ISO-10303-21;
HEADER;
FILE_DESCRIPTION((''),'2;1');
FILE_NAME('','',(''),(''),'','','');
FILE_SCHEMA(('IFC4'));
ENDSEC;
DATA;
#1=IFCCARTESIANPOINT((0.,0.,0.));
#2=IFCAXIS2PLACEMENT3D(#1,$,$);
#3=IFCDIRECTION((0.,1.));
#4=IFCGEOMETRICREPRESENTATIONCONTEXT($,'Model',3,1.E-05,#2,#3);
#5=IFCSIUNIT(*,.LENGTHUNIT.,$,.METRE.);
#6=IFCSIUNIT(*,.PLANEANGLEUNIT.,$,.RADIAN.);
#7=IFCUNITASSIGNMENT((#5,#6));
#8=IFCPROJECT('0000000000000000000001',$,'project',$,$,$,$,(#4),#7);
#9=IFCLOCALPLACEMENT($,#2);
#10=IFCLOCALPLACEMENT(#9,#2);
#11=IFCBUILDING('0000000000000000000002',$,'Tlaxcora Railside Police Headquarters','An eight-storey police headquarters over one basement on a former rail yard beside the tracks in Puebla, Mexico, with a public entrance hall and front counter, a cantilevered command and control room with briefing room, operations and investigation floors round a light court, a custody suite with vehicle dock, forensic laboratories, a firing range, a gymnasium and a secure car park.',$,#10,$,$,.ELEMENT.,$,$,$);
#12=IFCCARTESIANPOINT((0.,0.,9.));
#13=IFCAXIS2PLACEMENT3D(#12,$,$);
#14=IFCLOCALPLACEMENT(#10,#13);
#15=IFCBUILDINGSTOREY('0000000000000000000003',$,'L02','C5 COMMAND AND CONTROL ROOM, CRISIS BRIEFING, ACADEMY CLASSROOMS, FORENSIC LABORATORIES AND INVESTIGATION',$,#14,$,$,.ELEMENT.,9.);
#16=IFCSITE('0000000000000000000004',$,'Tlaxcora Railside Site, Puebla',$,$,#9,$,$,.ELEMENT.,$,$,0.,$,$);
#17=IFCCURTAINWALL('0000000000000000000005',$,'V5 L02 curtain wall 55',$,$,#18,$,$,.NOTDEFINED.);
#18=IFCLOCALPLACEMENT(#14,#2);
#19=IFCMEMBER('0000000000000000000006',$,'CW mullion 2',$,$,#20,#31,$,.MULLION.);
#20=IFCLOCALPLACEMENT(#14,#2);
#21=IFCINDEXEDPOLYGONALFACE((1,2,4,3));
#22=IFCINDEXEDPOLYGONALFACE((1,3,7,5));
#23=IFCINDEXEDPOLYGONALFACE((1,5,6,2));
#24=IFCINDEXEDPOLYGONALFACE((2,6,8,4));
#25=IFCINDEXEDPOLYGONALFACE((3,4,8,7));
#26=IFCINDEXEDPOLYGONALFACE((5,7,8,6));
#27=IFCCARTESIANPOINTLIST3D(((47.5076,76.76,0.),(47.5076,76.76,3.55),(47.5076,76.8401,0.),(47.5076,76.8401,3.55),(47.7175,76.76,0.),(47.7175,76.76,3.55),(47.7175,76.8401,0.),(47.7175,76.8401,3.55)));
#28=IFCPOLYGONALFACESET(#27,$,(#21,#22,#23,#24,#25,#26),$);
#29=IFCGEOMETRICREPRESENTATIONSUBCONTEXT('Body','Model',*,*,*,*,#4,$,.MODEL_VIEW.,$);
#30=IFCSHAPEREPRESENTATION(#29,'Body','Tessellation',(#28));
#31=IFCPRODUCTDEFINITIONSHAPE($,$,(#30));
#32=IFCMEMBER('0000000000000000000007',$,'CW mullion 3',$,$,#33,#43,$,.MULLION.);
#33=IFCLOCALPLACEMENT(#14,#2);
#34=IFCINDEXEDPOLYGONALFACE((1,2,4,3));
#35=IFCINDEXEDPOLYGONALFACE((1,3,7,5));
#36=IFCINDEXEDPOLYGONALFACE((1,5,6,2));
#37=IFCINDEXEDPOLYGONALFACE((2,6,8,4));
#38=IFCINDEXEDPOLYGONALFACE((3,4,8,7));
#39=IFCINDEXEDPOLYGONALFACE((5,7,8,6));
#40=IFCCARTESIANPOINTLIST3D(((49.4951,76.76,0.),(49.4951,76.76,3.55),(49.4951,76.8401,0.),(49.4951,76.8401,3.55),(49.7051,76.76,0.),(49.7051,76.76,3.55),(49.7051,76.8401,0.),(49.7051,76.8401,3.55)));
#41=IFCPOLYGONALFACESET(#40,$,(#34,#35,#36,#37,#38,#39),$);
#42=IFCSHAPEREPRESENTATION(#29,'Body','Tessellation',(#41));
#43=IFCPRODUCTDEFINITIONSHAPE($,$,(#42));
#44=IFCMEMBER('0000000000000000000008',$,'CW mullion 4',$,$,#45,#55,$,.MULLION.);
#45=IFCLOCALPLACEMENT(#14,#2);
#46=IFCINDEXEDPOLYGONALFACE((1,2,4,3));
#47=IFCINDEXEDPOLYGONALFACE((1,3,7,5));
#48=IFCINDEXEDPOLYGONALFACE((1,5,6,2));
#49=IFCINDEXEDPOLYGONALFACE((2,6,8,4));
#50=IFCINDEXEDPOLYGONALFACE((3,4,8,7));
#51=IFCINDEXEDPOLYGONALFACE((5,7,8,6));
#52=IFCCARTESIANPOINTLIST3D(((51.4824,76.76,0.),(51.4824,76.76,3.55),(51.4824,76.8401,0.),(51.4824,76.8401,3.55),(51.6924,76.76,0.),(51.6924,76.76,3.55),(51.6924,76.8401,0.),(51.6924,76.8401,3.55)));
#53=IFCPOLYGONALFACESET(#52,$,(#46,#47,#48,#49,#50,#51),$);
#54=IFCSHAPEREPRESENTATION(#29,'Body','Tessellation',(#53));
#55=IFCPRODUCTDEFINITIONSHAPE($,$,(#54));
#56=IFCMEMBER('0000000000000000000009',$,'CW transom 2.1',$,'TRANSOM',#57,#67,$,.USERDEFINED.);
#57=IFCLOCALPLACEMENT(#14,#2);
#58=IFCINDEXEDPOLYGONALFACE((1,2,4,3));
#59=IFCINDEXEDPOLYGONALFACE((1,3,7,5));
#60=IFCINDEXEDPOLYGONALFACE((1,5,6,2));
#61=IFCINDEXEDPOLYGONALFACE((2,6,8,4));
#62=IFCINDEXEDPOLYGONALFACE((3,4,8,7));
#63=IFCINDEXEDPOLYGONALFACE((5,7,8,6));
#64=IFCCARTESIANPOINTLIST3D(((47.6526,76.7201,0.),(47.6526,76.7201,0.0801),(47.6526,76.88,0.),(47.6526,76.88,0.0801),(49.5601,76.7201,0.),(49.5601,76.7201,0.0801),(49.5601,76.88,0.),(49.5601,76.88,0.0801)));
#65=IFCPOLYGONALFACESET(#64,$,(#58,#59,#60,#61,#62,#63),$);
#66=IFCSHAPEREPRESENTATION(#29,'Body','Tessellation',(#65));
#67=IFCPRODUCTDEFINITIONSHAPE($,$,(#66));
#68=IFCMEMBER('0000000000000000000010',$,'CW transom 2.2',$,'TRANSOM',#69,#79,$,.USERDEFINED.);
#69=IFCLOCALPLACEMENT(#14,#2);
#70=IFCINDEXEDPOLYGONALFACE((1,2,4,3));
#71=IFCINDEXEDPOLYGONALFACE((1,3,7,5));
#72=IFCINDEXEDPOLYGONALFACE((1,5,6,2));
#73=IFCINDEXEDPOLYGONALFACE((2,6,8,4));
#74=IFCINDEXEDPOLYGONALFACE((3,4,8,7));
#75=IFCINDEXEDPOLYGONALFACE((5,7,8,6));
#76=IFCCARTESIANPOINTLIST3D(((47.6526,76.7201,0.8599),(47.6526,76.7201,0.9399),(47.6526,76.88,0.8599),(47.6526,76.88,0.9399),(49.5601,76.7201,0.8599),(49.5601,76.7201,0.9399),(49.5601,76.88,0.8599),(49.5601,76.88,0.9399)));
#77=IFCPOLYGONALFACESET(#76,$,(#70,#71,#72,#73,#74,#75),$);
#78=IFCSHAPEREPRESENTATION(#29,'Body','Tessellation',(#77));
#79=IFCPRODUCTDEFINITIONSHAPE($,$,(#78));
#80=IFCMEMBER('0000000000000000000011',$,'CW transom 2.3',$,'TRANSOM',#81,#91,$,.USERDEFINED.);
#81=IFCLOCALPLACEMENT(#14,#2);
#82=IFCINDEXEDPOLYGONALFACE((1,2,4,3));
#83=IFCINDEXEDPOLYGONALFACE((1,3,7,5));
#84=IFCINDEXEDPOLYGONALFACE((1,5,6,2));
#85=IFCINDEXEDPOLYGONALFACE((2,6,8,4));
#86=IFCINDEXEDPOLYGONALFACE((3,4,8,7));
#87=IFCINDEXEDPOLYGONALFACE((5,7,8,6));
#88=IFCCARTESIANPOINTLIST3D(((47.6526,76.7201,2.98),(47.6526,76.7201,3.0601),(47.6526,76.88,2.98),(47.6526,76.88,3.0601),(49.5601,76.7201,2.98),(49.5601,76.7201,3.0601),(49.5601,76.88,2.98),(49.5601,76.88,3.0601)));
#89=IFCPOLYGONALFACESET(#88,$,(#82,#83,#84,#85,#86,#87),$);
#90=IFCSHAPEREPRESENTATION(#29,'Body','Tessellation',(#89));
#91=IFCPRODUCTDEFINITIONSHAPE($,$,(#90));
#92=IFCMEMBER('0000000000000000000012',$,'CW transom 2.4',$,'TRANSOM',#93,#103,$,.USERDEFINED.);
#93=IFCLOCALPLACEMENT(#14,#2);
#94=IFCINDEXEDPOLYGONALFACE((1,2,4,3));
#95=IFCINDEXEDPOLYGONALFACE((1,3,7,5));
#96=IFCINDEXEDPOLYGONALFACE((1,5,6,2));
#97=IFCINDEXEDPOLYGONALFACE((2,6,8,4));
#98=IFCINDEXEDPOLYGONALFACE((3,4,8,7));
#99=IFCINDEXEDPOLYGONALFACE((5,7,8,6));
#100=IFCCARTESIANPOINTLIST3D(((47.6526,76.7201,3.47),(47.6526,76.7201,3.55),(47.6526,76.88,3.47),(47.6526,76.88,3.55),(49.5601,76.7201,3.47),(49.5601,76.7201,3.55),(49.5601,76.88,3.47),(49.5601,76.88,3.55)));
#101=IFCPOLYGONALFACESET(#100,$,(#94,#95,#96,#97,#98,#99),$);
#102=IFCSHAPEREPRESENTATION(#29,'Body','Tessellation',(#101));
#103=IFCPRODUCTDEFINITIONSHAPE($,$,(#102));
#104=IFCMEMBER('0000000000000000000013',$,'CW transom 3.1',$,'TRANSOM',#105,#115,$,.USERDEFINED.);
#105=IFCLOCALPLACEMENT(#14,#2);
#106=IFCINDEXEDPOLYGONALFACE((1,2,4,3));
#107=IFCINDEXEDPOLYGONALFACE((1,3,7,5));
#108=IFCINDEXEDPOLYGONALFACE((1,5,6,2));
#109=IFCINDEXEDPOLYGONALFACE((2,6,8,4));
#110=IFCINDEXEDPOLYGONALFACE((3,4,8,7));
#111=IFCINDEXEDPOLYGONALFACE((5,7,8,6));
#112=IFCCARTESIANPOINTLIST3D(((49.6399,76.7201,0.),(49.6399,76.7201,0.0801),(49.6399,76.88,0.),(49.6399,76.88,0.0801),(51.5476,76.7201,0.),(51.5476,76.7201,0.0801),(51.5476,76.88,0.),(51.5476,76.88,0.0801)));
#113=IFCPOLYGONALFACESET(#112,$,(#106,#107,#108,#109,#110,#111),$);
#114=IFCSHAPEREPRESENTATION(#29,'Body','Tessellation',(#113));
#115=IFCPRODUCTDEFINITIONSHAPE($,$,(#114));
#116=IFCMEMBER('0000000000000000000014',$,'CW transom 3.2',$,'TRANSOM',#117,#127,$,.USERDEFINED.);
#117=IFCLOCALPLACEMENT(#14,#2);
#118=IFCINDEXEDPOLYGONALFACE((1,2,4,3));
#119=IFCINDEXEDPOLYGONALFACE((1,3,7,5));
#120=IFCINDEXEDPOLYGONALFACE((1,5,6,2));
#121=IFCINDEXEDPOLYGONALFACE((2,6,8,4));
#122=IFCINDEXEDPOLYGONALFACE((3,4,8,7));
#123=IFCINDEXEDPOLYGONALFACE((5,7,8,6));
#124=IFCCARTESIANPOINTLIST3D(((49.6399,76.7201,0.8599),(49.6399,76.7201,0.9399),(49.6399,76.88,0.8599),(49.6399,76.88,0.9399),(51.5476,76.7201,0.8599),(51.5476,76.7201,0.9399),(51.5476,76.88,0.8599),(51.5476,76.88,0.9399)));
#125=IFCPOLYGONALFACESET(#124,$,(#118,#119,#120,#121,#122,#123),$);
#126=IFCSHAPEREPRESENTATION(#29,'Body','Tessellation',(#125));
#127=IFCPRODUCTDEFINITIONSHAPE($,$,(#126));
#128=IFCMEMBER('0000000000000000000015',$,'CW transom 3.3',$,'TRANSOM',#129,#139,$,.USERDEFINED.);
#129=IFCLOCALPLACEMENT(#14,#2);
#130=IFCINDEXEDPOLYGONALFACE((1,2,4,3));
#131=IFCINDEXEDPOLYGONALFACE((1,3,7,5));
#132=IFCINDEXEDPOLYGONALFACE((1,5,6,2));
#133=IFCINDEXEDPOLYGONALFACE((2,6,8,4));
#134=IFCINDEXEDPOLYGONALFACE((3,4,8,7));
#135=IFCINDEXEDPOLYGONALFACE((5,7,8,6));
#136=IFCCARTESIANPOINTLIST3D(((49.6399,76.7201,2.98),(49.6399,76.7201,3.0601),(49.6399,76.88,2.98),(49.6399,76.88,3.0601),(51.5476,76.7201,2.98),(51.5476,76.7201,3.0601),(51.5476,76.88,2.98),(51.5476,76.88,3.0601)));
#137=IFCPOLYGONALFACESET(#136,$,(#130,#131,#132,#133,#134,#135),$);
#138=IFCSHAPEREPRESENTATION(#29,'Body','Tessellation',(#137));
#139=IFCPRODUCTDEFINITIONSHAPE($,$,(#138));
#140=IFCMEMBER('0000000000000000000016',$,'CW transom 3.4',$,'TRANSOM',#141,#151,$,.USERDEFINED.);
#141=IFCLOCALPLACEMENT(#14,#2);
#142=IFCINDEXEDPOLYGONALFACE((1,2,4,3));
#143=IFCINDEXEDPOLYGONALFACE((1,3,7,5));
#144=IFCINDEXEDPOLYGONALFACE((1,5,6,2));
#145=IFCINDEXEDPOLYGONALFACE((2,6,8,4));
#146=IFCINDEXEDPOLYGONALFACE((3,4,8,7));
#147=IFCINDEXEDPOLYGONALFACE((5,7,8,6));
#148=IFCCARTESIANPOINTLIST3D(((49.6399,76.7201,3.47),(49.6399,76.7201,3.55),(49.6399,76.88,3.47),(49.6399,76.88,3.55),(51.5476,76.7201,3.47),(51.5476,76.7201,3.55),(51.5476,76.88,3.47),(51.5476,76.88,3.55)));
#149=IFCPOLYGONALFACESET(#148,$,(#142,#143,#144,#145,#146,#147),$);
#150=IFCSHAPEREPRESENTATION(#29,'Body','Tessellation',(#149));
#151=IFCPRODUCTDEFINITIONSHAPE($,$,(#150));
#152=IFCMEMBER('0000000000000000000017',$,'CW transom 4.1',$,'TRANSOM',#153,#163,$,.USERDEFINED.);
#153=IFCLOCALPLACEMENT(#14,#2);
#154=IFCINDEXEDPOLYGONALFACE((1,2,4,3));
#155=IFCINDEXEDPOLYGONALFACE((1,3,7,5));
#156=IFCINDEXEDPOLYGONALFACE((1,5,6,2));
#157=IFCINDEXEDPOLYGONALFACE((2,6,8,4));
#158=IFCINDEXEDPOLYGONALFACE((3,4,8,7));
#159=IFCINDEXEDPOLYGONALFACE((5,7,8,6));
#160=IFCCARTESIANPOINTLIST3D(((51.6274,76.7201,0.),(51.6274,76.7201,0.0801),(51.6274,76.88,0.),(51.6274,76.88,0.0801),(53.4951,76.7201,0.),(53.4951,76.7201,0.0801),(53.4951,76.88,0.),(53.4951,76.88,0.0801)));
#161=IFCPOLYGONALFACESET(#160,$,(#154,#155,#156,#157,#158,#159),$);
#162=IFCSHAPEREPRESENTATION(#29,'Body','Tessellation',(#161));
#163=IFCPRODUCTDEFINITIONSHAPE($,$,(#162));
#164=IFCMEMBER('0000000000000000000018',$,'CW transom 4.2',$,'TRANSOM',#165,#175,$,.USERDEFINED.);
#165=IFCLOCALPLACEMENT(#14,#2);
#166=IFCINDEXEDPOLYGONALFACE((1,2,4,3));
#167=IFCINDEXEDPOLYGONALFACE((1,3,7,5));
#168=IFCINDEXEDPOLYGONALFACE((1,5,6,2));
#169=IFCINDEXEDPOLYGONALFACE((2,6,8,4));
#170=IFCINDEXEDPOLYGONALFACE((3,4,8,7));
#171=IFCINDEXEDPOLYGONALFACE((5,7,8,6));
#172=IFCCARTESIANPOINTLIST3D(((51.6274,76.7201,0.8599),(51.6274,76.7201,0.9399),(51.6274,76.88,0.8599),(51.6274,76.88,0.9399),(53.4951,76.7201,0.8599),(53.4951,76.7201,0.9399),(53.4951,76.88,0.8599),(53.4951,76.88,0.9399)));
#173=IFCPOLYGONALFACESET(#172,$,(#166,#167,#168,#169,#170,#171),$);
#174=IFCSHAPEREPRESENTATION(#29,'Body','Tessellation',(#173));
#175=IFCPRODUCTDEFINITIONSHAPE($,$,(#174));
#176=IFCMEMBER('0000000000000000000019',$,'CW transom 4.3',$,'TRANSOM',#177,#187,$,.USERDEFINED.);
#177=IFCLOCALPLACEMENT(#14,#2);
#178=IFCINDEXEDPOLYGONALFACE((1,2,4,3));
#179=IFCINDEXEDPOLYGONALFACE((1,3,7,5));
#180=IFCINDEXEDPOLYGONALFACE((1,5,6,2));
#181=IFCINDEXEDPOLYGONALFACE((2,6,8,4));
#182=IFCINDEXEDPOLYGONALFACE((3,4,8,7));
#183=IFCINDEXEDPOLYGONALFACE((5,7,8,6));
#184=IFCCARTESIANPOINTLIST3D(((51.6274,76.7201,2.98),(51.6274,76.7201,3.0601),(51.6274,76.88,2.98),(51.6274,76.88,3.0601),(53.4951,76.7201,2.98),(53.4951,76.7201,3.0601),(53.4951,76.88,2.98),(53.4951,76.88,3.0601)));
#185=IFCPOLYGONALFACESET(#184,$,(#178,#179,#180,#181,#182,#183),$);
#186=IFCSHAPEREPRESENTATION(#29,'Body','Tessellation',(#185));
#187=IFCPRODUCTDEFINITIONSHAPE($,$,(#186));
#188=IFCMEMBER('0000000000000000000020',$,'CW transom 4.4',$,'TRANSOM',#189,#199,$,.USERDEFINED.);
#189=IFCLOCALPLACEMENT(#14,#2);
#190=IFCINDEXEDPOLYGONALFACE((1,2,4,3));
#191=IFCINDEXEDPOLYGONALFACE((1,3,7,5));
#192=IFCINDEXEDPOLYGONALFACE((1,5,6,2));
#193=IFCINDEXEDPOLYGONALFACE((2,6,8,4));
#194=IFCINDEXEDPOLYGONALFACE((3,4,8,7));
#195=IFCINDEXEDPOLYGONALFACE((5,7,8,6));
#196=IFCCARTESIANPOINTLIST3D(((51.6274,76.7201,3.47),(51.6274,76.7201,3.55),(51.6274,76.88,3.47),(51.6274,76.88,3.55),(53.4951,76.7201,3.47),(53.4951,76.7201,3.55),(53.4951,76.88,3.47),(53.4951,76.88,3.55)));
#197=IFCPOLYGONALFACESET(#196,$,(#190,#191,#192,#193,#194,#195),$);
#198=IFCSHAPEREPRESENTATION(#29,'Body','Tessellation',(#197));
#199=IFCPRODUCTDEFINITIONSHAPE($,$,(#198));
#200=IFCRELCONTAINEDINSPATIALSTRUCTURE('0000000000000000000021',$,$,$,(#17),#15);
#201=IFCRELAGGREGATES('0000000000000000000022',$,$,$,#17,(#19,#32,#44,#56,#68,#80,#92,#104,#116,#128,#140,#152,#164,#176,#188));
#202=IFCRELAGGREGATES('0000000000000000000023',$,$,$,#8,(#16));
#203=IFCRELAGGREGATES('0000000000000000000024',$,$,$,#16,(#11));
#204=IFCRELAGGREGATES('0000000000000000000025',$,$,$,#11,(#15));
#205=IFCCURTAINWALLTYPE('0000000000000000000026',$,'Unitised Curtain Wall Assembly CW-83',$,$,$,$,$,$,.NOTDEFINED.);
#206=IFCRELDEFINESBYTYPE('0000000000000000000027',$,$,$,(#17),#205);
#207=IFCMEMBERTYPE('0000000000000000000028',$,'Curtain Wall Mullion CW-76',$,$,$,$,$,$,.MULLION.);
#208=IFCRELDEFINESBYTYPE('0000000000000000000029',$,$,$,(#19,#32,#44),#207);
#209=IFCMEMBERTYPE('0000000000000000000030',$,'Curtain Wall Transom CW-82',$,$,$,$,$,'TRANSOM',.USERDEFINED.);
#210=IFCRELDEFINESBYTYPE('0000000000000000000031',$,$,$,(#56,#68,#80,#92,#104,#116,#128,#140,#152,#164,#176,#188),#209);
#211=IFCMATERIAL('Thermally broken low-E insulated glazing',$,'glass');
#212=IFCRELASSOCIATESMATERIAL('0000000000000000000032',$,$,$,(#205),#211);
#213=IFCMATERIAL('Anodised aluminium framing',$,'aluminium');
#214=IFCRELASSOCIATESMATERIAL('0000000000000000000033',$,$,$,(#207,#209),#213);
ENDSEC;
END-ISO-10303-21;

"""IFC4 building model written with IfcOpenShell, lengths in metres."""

from ifc_helpers import new_model, si_unit, direction, frame, origin, origin_2d, place, context, subcontext, project, spatial, rectangle, extrude, material, material_profile, profile_set, type_object, element, aggregate, save


model = new_model("IFC4")

# Units and contexts
model_context = context("Model", 3, precision=1e-05, world=origin(), true_north=direction((0.0, 1.0)))
body_context = subcontext(model_context, "Body", "Model", "MODEL_VIEW")
ifc_project = project(units=[si_unit("LENGTHUNIT", "METRE"), si_unit("PLANEANGLEUNIT", "RADIAN")], contexts=[model_context])

# Site, building, storey
site_placement = place(None, origin())
site = spatial("IfcSite", under=ifc_project, at=site_placement, Name="Tlaxcora Railside Site, Puebla", CompositionType="ELEMENT", RefElevation=0.0)
building_placement = place(site_placement, origin())
building = spatial("IfcBuilding", under=site, at=building_placement, Name="Tlaxcora Railside Police Headquarters", Description="An eight-storey police headquarters over one basement on a former rail yard beside the tracks in Puebla, Mexico, with a public entrance hall and front counter, a cantilevered command and control room with briefing room, operations and investigation floors round a light court, a custody suite with vehicle dock, forensic laboratories, a firing range, a gymnasium and a secure car park.", CompositionType="ELEMENT")
storey_placement = place(building_placement, frame((0.0, 0.0, 9.0)))
storey = spatial("IfcBuildingStorey", under=building, at=storey_placement, Name="L02", Description="C5 COMMAND AND CONTROL ROOM, CRISIS BRIEFING, ACADEMY CLASSROOMS, FORENSIC LABORATORIES AND INVESTIGATION", CompositionType="ELEMENT", Elevation=9.0)

# Curtain wall, members
ifc_material_1 = material(Name="Thermally broken low-E insulated glazing", Category="glass")
curtain_wall_type = type_object("IfcCurtainWallType", Name="Unitised Curtain Wall Assembly CW-83", PredefinedType="NOTDEFINED", material=ifc_material_1)
curtain_wall_placement = place(storey_placement, origin())
curtain_wall = element("IfcCurtainWall", 1, at=curtain_wall_placement, inside=storey, type_object=curtain_wall_type, Name="V5 L02 curtain wall 55", PredefinedType="NOTDEFINED")
ifc_material_2 = material(Name="Anodised aluminium framing", Category="aluminium")
ifc_material_profile_1 = material_profile(ifc_material_2, rectangle(XDim=0.0801, YDim=0.21, at=origin_2d()), Name="AL80X210")
ifc_profile_set_1 = profile_set([ifc_material_profile_1], Name="Anodised aluminium framing")
member_type_1 = type_object("IfcMemberType", Name="Curtain Wall Mullion CW-76", PredefinedType="MULLION", material=ifc_profile_set_1)
member_1_placement = place(storey_placement, frame((47.6125, 76.8, 0.0), z_axis=(0.0, 0.0, 1.0), x_axis=(0.0, 1.0, 0.0)))
member_1 = element("IfcMember", 2, at=member_1_placement, type_object=member_type_1, Name="CW mullion 2", PredefinedType="MULLION", context=body_context, shape_type="SweptSolid", body=[
    extrude(rectangle(XDim=0.0801, YDim=0.21, at=origin_2d()), origin(), (0.0, 0.0, 1.0), 3.55),
])
member_2_placement = place(storey_placement, frame((49.6001, 76.8, 0.0), z_axis=(0.0, 0.0, 1.0), x_axis=(0.0, 1.0, 0.0)))
member_2 = element("IfcMember", 3, at=member_2_placement, type_object=member_type_1, Name="CW mullion 3", PredefinedType="MULLION", context=body_context, shape_type="SweptSolid", body=[
    extrude(rectangle(XDim=0.0801, YDim=0.21, at=origin_2d()), origin(), (0.0, 0.0, 1.0), 3.55),
])
member_3_placement = place(storey_placement, frame((51.5874, 76.8, 0.0), z_axis=(0.0, 0.0, 1.0), x_axis=(0.0, 1.0, 0.0)))
member_3 = element("IfcMember", 4, at=member_3_placement, type_object=member_type_1, Name="CW mullion 4", PredefinedType="MULLION", context=body_context, shape_type="SweptSolid", body=[
    extrude(rectangle(XDim=0.0801, YDim=0.21, at=origin_2d()), origin(), (0.0, 0.0, 1.0), 3.55),
])
ifc_material_profile_2 = material_profile(ifc_material_2, rectangle(XDim=0.1599, YDim=0.0801, at=origin_2d()), Name="AL80X160")
ifc_profile_set_2 = profile_set([ifc_material_profile_2], Name="Anodised aluminium framing")
member_type_2 = type_object("IfcMemberType", Name="Curtain Wall Transom CW-82", ElementType="TRANSOM", PredefinedType="USERDEFINED", material=ifc_profile_set_2)
member_4_placement = place(storey_placement, frame((47.6526, 76.8, 0.04), z_axis=(1.0, 0.0, 0.0), x_axis=(0.0, 1.0, 0.0)))
member_4 = element("IfcMember", 5, at=member_4_placement, type_object=member_type_2, Name="CW transom 2.1", ObjectType="TRANSOM", PredefinedType="USERDEFINED", context=body_context, shape_type="SweptSolid", body=[
    extrude(rectangle(XDim=0.1599, YDim=0.0801, at=origin_2d()), origin(), (0.0, 0.0, 1.0), 1.9075),
])
member_5_placement = place(storey_placement, frame((47.6526, 76.8, 0.8999), z_axis=(1.0, 0.0, 0.0), x_axis=(0.0, 1.0, 0.0)))
member_5 = element("IfcMember", 6, at=member_5_placement, type_object=member_type_2, Name="CW transom 2.2", ObjectType="TRANSOM", PredefinedType="USERDEFINED", context=body_context, shape_type="SweptSolid", body=[
    extrude(rectangle(XDim=0.1599, YDim=0.0801, at=origin_2d()), origin(), (0.0, 0.0, 1.0), 1.9075),
])
member_6_placement = place(storey_placement, frame((47.6526, 76.8, 3.02), z_axis=(1.0, 0.0, 0.0), x_axis=(0.0, 1.0, 0.0)))
member_6 = element("IfcMember", 7, at=member_6_placement, type_object=member_type_2, Name="CW transom 2.3", ObjectType="TRANSOM", PredefinedType="USERDEFINED", context=body_context, shape_type="SweptSolid", body=[
    extrude(rectangle(XDim=0.1599, YDim=0.0801, at=origin_2d()), origin(), (0.0, 0.0, 1.0), 1.9075),
])
member_7_placement = place(storey_placement, frame((47.6526, 76.8, 3.51), z_axis=(1.0, 0.0, 0.0), x_axis=(0.0, 1.0, 0.0)))
member_7 = element("IfcMember", 8, at=member_7_placement, type_object=member_type_2, Name="CW transom 2.4", ObjectType="TRANSOM", PredefinedType="USERDEFINED", context=body_context, shape_type="SweptSolid", body=[
    extrude(rectangle(XDim=0.1599, YDim=0.0801, at=origin_2d()), origin(), (0.0, 0.0, 1.0), 1.9075),
])
member_8_placement = place(storey_placement, frame((49.6399, 76.8, 0.04), z_axis=(1.0, 0.0, 0.0), x_axis=(0.0, 1.0, 0.0)))
member_8 = element("IfcMember", 9, at=member_8_placement, type_object=member_type_2, Name="CW transom 3.1", ObjectType="TRANSOM", PredefinedType="USERDEFINED", context=body_context, shape_type="SweptSolid", body=[
    extrude(rectangle(XDim=0.1599, YDim=0.0801, at=origin_2d()), origin(), (0.0, 0.0, 1.0), 1.9077),
])
member_9_placement = place(storey_placement, frame((49.6399, 76.8, 0.8999), z_axis=(1.0, 0.0, 0.0), x_axis=(0.0, 1.0, 0.0)))
member_9 = element("IfcMember", 10, at=member_9_placement, type_object=member_type_2, Name="CW transom 3.2", ObjectType="TRANSOM", PredefinedType="USERDEFINED", context=body_context, shape_type="SweptSolid", body=[
    extrude(rectangle(XDim=0.1599, YDim=0.0801, at=origin_2d()), origin(), (0.0, 0.0, 1.0), 1.9077),
])
member_10_placement = place(storey_placement, frame((49.6399, 76.8, 3.02), z_axis=(1.0, 0.0, 0.0), x_axis=(0.0, 1.0, 0.0)))
member_10 = element("IfcMember", 11, at=member_10_placement, type_object=member_type_2, Name="CW transom 3.3", ObjectType="TRANSOM", PredefinedType="USERDEFINED", context=body_context, shape_type="SweptSolid", body=[
    extrude(rectangle(XDim=0.1599, YDim=0.0801, at=origin_2d()), origin(), (0.0, 0.0, 1.0), 1.9077),
])
member_11_placement = place(storey_placement, frame((49.6399, 76.8, 3.51), z_axis=(1.0, 0.0, 0.0), x_axis=(0.0, 1.0, 0.0)))
member_11 = element("IfcMember", 12, at=member_11_placement, type_object=member_type_2, Name="CW transom 3.4", ObjectType="TRANSOM", PredefinedType="USERDEFINED", context=body_context, shape_type="SweptSolid", body=[
    extrude(rectangle(XDim=0.1599, YDim=0.0801, at=origin_2d()), origin(), (0.0, 0.0, 1.0), 1.9077),
])
member_12_placement = place(storey_placement, frame((51.6274, 76.8, 0.04), z_axis=(1.0, 0.0, 0.0), x_axis=(0.0, 1.0, 0.0)))
member_12 = element("IfcMember", 13, at=member_12_placement, type_object=member_type_2, Name="CW transom 4.1", ObjectType="TRANSOM", PredefinedType="USERDEFINED", context=body_context, shape_type="SweptSolid", body=[
    extrude(rectangle(XDim=0.1599, YDim=0.0801, at=origin_2d()), origin(), (0.0, 0.0, 1.0), 1.8677),
])
member_13_placement = place(storey_placement, frame((51.6274, 76.8, 0.8999), z_axis=(1.0, 0.0, 0.0), x_axis=(0.0, 1.0, 0.0)))
member_13 = element("IfcMember", 14, at=member_13_placement, type_object=member_type_2, Name="CW transom 4.2", ObjectType="TRANSOM", PredefinedType="USERDEFINED", context=body_context, shape_type="SweptSolid", body=[
    extrude(rectangle(XDim=0.1599, YDim=0.0801, at=origin_2d()), origin(), (0.0, 0.0, 1.0), 1.8677),
])
member_14_placement = place(storey_placement, frame((51.6274, 76.8, 3.02), z_axis=(1.0, 0.0, 0.0), x_axis=(0.0, 1.0, 0.0)))
member_14 = element("IfcMember", 15, at=member_14_placement, type_object=member_type_2, Name="CW transom 4.3", ObjectType="TRANSOM", PredefinedType="USERDEFINED", context=body_context, shape_type="SweptSolid", body=[
    extrude(rectangle(XDim=0.1599, YDim=0.0801, at=origin_2d()), origin(), (0.0, 0.0, 1.0), 1.8677),
])
member_15_placement = place(storey_placement, frame((51.6274, 76.8, 3.51), z_axis=(1.0, 0.0, 0.0), x_axis=(0.0, 1.0, 0.0)))
member_15 = element("IfcMember", 16, at=member_15_placement, type_object=member_type_2, Name="CW transom 4.4", ObjectType="TRANSOM", PredefinedType="USERDEFINED", context=body_context, shape_type="SweptSolid", body=[
    extrude(rectangle(XDim=0.1599, YDim=0.0801, at=origin_2d()), origin(), (0.0, 0.0, 1.0), 1.8677),
])
aggregate(curtain_wall, [member_1, member_2, member_3, member_4, member_5, member_6, member_7, member_8, member_9, member_10, member_11, member_12, member_13, member_14, member_15])

save(model, "model.ifc")
